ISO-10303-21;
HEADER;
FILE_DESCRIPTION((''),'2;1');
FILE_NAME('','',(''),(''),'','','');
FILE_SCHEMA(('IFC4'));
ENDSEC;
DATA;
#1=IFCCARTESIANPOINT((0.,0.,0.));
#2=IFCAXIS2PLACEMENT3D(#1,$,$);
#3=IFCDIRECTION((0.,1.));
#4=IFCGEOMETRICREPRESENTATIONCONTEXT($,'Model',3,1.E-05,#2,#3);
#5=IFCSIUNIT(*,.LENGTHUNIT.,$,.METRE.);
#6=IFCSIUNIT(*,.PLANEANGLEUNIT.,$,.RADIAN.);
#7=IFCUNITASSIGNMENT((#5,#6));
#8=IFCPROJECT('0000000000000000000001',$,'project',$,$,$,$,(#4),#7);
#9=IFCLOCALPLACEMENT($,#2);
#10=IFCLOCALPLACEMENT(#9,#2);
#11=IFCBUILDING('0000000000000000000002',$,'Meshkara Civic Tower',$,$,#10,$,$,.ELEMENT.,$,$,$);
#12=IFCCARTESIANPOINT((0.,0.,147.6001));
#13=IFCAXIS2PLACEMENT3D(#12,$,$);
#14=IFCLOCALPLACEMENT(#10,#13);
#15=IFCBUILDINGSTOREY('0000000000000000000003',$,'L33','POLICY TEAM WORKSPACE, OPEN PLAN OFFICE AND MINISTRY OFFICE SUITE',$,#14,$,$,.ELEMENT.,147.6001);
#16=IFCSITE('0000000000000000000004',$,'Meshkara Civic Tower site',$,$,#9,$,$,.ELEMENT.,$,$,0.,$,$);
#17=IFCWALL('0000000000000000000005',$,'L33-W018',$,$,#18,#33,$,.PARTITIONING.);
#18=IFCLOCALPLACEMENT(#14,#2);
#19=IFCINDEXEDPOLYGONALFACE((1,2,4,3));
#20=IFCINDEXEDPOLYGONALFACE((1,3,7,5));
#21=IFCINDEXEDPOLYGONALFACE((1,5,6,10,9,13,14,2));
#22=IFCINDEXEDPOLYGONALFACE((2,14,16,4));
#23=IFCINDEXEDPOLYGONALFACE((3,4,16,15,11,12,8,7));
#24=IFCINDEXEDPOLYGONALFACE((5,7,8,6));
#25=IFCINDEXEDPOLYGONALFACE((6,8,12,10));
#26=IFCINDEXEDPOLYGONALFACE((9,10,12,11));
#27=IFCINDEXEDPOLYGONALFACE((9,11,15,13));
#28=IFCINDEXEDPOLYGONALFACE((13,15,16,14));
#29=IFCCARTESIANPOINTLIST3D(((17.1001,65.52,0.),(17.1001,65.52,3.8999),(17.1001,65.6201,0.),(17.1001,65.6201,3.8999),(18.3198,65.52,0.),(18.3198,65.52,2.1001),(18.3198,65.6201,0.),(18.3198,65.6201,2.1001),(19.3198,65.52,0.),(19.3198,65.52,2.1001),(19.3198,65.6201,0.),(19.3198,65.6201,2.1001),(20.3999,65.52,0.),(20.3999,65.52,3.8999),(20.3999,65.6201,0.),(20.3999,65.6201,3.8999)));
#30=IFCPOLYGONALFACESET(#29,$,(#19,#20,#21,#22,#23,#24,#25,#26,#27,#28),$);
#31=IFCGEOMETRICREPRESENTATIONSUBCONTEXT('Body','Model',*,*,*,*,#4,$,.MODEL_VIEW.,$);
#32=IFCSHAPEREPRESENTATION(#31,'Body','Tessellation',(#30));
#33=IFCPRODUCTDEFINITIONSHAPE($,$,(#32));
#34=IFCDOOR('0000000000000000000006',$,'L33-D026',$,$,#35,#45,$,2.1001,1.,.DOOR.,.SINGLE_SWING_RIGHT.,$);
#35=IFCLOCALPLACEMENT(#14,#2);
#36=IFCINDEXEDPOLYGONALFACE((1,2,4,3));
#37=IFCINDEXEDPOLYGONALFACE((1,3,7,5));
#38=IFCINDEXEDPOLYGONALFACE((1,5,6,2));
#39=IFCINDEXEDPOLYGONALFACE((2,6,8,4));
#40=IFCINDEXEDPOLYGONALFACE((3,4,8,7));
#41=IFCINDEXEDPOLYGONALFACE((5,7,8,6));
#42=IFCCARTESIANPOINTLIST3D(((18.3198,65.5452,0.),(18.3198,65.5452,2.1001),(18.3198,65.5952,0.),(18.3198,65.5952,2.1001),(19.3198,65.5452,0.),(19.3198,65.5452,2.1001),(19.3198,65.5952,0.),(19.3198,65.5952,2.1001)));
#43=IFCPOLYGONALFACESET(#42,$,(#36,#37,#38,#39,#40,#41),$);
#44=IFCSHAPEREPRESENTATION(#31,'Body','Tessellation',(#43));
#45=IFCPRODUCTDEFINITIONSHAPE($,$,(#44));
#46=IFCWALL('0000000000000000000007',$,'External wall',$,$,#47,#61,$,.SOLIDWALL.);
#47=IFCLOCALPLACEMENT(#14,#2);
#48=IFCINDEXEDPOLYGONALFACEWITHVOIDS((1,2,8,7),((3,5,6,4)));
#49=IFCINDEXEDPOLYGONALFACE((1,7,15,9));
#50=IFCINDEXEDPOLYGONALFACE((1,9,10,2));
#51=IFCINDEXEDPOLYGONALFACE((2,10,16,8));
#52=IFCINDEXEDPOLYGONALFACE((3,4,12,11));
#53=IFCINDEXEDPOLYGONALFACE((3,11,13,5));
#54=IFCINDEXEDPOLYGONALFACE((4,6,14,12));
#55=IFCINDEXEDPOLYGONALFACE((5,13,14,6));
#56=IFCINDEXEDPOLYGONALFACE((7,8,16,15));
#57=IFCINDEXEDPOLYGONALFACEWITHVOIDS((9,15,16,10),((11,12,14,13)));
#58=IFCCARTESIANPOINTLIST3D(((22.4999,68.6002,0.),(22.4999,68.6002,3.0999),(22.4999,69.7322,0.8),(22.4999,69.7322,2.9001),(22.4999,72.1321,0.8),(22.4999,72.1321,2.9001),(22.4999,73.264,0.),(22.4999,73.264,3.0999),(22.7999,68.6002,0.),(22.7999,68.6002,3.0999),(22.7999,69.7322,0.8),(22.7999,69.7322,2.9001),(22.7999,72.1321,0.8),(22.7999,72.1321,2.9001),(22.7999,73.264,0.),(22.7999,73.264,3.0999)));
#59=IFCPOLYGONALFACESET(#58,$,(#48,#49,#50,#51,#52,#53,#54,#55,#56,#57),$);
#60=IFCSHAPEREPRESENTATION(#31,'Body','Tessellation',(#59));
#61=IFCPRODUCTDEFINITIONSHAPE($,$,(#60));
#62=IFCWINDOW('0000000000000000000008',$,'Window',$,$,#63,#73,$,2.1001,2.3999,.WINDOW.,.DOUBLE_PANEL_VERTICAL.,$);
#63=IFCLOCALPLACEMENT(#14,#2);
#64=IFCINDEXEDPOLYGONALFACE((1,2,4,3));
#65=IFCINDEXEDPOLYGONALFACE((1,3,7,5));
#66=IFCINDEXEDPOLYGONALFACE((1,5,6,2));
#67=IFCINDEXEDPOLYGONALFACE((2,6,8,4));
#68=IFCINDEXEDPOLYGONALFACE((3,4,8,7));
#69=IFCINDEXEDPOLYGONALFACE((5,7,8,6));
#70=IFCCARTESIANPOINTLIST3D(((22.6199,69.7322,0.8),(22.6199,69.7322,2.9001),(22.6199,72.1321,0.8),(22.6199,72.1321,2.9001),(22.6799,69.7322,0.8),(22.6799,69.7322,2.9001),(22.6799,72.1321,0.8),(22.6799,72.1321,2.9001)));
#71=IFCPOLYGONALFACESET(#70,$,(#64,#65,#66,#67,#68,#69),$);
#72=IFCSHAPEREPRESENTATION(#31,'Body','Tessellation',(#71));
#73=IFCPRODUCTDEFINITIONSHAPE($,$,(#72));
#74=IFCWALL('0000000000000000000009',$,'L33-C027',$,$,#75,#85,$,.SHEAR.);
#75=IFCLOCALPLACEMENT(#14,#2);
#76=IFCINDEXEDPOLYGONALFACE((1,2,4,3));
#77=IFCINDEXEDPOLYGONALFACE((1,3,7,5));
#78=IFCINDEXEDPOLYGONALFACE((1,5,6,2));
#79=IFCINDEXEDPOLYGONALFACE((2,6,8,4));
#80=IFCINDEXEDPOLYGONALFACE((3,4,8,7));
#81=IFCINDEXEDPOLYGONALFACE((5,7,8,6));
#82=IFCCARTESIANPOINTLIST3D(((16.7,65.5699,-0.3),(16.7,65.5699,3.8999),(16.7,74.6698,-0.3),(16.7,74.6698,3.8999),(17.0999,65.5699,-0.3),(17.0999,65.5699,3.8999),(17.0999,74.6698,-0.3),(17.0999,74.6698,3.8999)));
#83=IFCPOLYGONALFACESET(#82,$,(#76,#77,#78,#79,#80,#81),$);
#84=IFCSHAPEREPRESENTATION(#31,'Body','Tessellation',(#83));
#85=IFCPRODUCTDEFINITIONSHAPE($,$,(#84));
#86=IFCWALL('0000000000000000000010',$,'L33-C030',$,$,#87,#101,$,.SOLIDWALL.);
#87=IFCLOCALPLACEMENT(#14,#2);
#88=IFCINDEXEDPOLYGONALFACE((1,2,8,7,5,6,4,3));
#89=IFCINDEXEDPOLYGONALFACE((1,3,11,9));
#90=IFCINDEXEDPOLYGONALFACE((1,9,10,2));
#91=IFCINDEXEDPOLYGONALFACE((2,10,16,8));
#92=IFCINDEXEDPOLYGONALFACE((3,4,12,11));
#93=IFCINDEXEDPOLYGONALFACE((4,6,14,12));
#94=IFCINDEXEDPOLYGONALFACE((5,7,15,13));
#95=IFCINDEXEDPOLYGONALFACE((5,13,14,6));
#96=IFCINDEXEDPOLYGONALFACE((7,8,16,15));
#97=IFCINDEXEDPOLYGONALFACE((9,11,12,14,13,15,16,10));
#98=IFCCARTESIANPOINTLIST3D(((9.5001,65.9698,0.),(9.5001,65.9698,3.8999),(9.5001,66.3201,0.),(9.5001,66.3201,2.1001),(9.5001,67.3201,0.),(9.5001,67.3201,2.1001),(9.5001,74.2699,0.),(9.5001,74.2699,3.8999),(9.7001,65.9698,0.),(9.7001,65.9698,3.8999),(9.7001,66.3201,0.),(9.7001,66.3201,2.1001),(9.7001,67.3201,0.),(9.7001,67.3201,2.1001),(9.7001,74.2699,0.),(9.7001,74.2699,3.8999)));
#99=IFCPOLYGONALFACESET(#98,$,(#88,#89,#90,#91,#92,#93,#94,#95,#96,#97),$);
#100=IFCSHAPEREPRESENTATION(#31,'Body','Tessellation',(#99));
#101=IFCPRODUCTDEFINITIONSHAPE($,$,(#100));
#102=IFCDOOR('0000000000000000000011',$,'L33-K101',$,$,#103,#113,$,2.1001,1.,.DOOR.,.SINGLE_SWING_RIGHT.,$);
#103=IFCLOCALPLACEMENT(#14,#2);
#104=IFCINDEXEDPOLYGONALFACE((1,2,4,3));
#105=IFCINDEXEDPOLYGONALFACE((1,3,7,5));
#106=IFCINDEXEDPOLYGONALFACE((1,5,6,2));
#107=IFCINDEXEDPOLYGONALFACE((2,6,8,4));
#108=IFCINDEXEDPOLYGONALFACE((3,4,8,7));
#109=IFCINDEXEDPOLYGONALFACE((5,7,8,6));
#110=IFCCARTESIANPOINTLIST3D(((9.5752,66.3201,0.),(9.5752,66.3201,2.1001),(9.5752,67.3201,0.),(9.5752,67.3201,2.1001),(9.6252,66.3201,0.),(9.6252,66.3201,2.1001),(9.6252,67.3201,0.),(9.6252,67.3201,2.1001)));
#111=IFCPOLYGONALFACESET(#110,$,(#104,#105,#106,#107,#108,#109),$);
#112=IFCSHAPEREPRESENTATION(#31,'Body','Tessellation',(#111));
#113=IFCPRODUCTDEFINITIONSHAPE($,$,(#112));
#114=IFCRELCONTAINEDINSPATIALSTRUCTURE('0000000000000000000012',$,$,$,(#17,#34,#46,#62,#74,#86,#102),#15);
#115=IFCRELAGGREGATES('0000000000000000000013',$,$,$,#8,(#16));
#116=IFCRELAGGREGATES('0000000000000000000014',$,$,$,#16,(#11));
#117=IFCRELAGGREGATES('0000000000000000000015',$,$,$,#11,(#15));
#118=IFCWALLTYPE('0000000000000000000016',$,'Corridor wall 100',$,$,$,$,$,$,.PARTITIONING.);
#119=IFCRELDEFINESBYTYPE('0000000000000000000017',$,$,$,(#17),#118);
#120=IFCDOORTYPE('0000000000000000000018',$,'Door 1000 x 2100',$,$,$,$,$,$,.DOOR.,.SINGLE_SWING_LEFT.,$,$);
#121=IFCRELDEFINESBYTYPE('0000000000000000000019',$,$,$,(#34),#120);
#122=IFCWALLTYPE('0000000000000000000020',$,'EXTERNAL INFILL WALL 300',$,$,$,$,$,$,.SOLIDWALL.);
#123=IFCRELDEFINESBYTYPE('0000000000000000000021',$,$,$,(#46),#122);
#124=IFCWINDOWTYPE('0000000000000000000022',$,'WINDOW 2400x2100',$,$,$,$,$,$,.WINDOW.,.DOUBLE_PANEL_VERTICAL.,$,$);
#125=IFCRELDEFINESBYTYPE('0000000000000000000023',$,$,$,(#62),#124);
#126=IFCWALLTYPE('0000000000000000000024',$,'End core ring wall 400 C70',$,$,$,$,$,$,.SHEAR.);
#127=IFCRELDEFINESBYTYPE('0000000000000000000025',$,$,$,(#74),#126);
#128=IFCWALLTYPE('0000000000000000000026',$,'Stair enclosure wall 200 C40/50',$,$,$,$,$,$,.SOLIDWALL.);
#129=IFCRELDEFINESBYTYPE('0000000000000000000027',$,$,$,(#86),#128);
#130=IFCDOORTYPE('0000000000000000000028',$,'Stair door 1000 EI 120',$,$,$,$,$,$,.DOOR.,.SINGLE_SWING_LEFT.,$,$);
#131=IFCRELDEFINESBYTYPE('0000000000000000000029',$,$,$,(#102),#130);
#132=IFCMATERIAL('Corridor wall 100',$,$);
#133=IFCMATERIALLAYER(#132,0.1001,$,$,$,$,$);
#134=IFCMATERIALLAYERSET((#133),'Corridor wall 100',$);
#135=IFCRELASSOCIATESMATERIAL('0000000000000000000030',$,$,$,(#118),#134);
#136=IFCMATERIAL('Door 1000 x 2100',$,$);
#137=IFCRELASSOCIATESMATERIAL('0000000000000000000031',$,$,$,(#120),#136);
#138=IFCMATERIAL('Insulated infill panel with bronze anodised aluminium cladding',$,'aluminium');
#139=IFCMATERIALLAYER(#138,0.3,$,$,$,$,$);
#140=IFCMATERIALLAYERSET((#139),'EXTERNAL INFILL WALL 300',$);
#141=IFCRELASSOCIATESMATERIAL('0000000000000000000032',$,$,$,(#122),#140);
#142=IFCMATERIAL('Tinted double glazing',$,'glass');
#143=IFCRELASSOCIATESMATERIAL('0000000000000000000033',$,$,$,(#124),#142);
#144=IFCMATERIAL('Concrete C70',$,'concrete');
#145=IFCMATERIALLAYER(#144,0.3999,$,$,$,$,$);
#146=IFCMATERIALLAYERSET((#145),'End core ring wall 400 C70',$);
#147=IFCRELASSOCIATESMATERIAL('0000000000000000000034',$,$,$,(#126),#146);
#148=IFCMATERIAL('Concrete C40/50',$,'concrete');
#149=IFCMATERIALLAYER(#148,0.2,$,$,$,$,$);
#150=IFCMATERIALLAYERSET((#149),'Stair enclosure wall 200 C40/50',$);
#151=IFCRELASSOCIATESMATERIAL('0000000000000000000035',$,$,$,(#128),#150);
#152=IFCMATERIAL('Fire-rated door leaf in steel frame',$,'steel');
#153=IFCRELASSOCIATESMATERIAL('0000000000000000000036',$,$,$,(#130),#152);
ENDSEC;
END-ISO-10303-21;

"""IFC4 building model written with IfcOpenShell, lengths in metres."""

from ifc_helpers import new_model, si_unit, direction, frame, frame_2d, origin, place, context, subcontext, project, spatial, rectangle, extrude, material, layer, layer_set, type_object, element, fill, save


model = new_model("IFC4")

# Units and contexts
model_context = context("Model", 3, precision=1e-05, world=origin(), true_north=direction((0.0, 1.0)))
body_context = subcontext(model_context, "Body", "Model", "MODEL_VIEW")
ifc_project = project(units=[si_unit("LENGTHUNIT", "METRE"), si_unit("PLANEANGLEUNIT", "RADIAN")], contexts=[model_context])

# Site, building, storey
site_placement = place(None, origin())
site = spatial("IfcSite", under=ifc_project, at=site_placement, Name="Meshkara Civic Tower site", CompositionType="ELEMENT", RefElevation=0.0)
building_placement = place(site_placement, origin())
building = spatial("IfcBuilding", under=site, at=building_placement, Name="Meshkara Civic Tower", CompositionType="ELEMENT")
storey_placement = place(building_placement, frame((0.0, 0.0, 147.6001)))
storey = spatial("IfcBuildingStorey", under=building, at=storey_placement, Name="L33", Description="POLICY TEAM WORKSPACE, OPEN PLAN OFFICE AND MINISTRY OFFICE SUITE", CompositionType="ELEMENT", Elevation=147.6001)

# Shared definitions
ifc_material_1 = material(Name="Corridor wall 100")
ifc_layer_1 = layer(ifc_material_1, 0.1001)
ifc_layer_set_1 = layer_set([ifc_layer_1], Name="Corridor wall 100")
wall_type_1 = type_object("IfcWallType", Name="Corridor wall 100", PredefinedType="PARTITIONING", material=ifc_layer_set_1)
ifc_material_2 = material(Name="Door 1000 x 2100")
door_type_1 = type_object("IfcDoorType", Name="Door 1000 x 2100", OperationType="SINGLE_SWING_LEFT", PredefinedType="DOOR", material=ifc_material_2)

# Wall, opening, door
wall_1_placement = place(storey_placement, frame((20.3999, 65.5701, 0.0), z_axis=(0.0, 0.0, 1.0), x_axis=(-1.0, 0.0, 0.0)))
wall_1 = element("IfcWall", 1, at=wall_1_placement, inside=storey, type_object=wall_type_1, Name="L33-W018", PredefinedType="PARTITIONING", context=body_context, shape_type="SweptSolid", body=[
    extrude(rectangle(XDim=3.2998, YDim=0.1001, at=frame_2d((1.6499, 0.0))), origin(), (0.0, 0.0, 1.0), 3.8999),
])
opening_1_placement = place(wall_1_placement, frame((1.0801, 0.0, 0.0)))
opening_1 = element("IfcOpeningElement", 2, at=opening_1_placement, cuts=wall_1, PredefinedType="OPENING", context=body_context, shape_type="SweptSolid", body=[
    extrude(rectangle(XDim=1.0, YDim=2.1001, at=frame_2d((0.5, 1.05))), frame((0.0, 0.0601, 0.0), z_axis=(0.0, -1.0, 0.0), x_axis=(1.0, 0.0, 0.0)), (0.0, 0.0, 1.0), 0.1201),
])
door_1_placement = place(opening_1_placement, origin())
door_1 = element("IfcDoor", 3, at=door_1_placement, inside=storey, type_object=door_type_1, Name="L33-D026", OperationType="SINGLE_SWING_RIGHT", OverallHeight=2.1001, OverallWidth=1.0, PredefinedType="DOOR", context=body_context, shape_type="SweptSolid", body=[
    extrude(rectangle(XDim=1.0, YDim=2.1001, at=frame_2d((0.5, 1.05))), frame((0.0, 0.0249, 0.0), z_axis=(0.0, -1.0, 0.0), x_axis=(1.0, 0.0, 0.0)), (0.0, 0.0, 1.0), 0.05),
])
fill(opening_1, door_1)

# Wall, opening, window
ifc_material_3 = material(Name="Insulated infill panel with bronze anodised aluminium cladding", Category="aluminium")
ifc_layer_2 = layer(ifc_material_3, 0.3)
ifc_layer_set_2 = layer_set([ifc_layer_2], Name="EXTERNAL INFILL WALL 300")
wall_type_2 = type_object("IfcWallType", Name="EXTERNAL INFILL WALL 300", PredefinedType="SOLIDWALL", material=ifc_layer_set_2)
wall_2_placement = place(storey_placement, frame((22.6499, 68.6001, 0.0), z_axis=(0.0, 0.0, 1.0), x_axis=(0.0, 1.0, 0.0)))
wall_2 = element("IfcWall", 4, at=wall_2_placement, inside=storey, type_object=wall_type_2, Name="External wall", PredefinedType="SOLIDWALL", context=body_context, shape_type="SweptSolid", body=[
    extrude(rectangle(XDim=4.6638, YDim=0.3, at=frame_2d((2.332, 0.0))), origin(), (0.0, 0.0, 1.0), 3.0999),
])
opening_2_placement = place(wall_2_placement, frame((1.1321, 0.0, 0.8)))
opening_2 = element("IfcOpeningElement", 5, at=opening_2_placement, cuts=wall_2, PredefinedType="OPENING", context=body_context, shape_type="SweptSolid", body=[
    extrude(rectangle(XDim=2.3999, YDim=2.1001, at=frame_2d((1.2, 1.05))), frame((0.0, 0.1599, 0.0), z_axis=(0.0, -1.0, 0.0), x_axis=(1.0, 0.0, 0.0)), (0.0, 0.0, 1.0), 0.3201),
])
ifc_material_4 = material(Name="Tinted double glazing", Category="glass")
window_type = type_object("IfcWindowType", Name="WINDOW 2400x2100", PartitioningType="DOUBLE_PANEL_VERTICAL", PredefinedType="WINDOW", material=ifc_material_4)
window_placement = place(opening_2_placement, origin())
window = element("IfcWindow", 6, at=window_placement, inside=storey, type_object=window_type, Name="Window", OverallHeight=2.1001, OverallWidth=2.3999, PartitioningType="DOUBLE_PANEL_VERTICAL", PredefinedType="WINDOW", context=body_context, shape_type="SweptSolid", body=[
    extrude(rectangle(XDim=2.3999, YDim=2.1001, at=frame_2d((1.2, 1.05))), frame((0.0, 0.03, 0.0), z_axis=(0.0, -1.0, 0.0), x_axis=(1.0, 0.0, 0.0)), (0.0, 0.0, 1.0), 0.0601),
])
fill(opening_2, window)

# Wall
ifc_material_5 = material(Name="Concrete C70", Category="concrete")
ifc_layer_3 = layer(ifc_material_5, 0.3999)
ifc_layer_set_3 = layer_set([ifc_layer_3], Name="End core ring wall 400 C70")
wall_type_3 = type_object("IfcWallType", Name="End core ring wall 400 C70", PredefinedType="SHEAR", material=ifc_layer_set_3)
wall_3_placement = place(storey_placement, frame((16.8999, 65.5701, -0.3), z_axis=(0.0, 0.0, 1.0), x_axis=(0.0, 1.0, 0.0)))
element("IfcWall", 7, at=wall_3_placement, inside=storey, type_object=wall_type_3, Name="L33-C027", PredefinedType="SHEAR", context=body_context, shape_type="SweptSolid", body=[
    extrude(rectangle(XDim=9.0999, YDim=0.3999, at=frame_2d((4.5498, 0.0))), origin(), (0.0, 0.0, 1.0), 4.2),
])

# Wall, opening, door
ifc_material_6 = material(Name="Concrete C40/50", Category="concrete")
ifc_layer_4 = layer(ifc_material_6, 0.2)
ifc_layer_set_4 = layer_set([ifc_layer_4], Name="Stair enclosure wall 200 C40/50")
wall_type_4 = type_object("IfcWallType", Name="Stair enclosure wall 200 C40/50", PredefinedType="SOLIDWALL", material=ifc_layer_set_4)
wall_4_placement = place(storey_placement, frame((9.6001, 65.97, 0.0), z_axis=(0.0, 0.0, 1.0), x_axis=(0.0, 1.0, 0.0)))
wall_4 = element("IfcWall", 8, at=wall_4_placement, inside=storey, type_object=wall_type_4, Name="L33-C030", PredefinedType="SOLIDWALL", context=body_context, shape_type="SweptSolid", body=[
    extrude(rectangle(XDim=8.3, YDim=0.2, at=frame_2d((4.1499, 0.0))), origin(), (0.0, 0.0, 1.0), 3.8999),
])
opening_3_placement = place(wall_4_placement, frame((0.3501, 0.0, 0.0)))
opening_3 = element("IfcOpeningElement", 9, at=opening_3_placement, cuts=wall_4, PredefinedType="OPENING", context=body_context, shape_type="SweptSolid", body=[
    extrude(rectangle(XDim=1.0, YDim=2.1001, at=frame_2d((0.5, 1.05))), frame((0.0, 0.1099, 0.0), z_axis=(0.0, -1.0, 0.0), x_axis=(1.0, 0.0, 0.0)), (0.0, 0.0, 1.0), 0.22),
])
ifc_material_7 = material(Name="Fire-rated door leaf in steel frame", Category="steel")
door_type_2 = type_object("IfcDoorType", Name="Stair door 1000 EI 120", OperationType="SINGLE_SWING_LEFT", PredefinedType="DOOR", material=ifc_material_7)
door_2_placement = place(opening_3_placement, origin())
door_2 = element("IfcDoor", 10, at=door_2_placement, inside=storey, type_object=door_type_2, Name="L33-K101", OperationType="SINGLE_SWING_RIGHT", OverallHeight=2.1001, OverallWidth=1.0, PredefinedType="DOOR", context=body_context, shape_type="SweptSolid", body=[
    extrude(rectangle(XDim=1.0, YDim=2.1001, at=frame_2d((0.5, 1.05))), frame((0.0, 0.0249, 0.0), z_axis=(0.0, -1.0, 0.0), x_axis=(1.0, 0.0, 0.0)), (0.0, 0.0, 1.0), 0.05),
])
fill(opening_3, door_2)

save(model, "model.ifc")
